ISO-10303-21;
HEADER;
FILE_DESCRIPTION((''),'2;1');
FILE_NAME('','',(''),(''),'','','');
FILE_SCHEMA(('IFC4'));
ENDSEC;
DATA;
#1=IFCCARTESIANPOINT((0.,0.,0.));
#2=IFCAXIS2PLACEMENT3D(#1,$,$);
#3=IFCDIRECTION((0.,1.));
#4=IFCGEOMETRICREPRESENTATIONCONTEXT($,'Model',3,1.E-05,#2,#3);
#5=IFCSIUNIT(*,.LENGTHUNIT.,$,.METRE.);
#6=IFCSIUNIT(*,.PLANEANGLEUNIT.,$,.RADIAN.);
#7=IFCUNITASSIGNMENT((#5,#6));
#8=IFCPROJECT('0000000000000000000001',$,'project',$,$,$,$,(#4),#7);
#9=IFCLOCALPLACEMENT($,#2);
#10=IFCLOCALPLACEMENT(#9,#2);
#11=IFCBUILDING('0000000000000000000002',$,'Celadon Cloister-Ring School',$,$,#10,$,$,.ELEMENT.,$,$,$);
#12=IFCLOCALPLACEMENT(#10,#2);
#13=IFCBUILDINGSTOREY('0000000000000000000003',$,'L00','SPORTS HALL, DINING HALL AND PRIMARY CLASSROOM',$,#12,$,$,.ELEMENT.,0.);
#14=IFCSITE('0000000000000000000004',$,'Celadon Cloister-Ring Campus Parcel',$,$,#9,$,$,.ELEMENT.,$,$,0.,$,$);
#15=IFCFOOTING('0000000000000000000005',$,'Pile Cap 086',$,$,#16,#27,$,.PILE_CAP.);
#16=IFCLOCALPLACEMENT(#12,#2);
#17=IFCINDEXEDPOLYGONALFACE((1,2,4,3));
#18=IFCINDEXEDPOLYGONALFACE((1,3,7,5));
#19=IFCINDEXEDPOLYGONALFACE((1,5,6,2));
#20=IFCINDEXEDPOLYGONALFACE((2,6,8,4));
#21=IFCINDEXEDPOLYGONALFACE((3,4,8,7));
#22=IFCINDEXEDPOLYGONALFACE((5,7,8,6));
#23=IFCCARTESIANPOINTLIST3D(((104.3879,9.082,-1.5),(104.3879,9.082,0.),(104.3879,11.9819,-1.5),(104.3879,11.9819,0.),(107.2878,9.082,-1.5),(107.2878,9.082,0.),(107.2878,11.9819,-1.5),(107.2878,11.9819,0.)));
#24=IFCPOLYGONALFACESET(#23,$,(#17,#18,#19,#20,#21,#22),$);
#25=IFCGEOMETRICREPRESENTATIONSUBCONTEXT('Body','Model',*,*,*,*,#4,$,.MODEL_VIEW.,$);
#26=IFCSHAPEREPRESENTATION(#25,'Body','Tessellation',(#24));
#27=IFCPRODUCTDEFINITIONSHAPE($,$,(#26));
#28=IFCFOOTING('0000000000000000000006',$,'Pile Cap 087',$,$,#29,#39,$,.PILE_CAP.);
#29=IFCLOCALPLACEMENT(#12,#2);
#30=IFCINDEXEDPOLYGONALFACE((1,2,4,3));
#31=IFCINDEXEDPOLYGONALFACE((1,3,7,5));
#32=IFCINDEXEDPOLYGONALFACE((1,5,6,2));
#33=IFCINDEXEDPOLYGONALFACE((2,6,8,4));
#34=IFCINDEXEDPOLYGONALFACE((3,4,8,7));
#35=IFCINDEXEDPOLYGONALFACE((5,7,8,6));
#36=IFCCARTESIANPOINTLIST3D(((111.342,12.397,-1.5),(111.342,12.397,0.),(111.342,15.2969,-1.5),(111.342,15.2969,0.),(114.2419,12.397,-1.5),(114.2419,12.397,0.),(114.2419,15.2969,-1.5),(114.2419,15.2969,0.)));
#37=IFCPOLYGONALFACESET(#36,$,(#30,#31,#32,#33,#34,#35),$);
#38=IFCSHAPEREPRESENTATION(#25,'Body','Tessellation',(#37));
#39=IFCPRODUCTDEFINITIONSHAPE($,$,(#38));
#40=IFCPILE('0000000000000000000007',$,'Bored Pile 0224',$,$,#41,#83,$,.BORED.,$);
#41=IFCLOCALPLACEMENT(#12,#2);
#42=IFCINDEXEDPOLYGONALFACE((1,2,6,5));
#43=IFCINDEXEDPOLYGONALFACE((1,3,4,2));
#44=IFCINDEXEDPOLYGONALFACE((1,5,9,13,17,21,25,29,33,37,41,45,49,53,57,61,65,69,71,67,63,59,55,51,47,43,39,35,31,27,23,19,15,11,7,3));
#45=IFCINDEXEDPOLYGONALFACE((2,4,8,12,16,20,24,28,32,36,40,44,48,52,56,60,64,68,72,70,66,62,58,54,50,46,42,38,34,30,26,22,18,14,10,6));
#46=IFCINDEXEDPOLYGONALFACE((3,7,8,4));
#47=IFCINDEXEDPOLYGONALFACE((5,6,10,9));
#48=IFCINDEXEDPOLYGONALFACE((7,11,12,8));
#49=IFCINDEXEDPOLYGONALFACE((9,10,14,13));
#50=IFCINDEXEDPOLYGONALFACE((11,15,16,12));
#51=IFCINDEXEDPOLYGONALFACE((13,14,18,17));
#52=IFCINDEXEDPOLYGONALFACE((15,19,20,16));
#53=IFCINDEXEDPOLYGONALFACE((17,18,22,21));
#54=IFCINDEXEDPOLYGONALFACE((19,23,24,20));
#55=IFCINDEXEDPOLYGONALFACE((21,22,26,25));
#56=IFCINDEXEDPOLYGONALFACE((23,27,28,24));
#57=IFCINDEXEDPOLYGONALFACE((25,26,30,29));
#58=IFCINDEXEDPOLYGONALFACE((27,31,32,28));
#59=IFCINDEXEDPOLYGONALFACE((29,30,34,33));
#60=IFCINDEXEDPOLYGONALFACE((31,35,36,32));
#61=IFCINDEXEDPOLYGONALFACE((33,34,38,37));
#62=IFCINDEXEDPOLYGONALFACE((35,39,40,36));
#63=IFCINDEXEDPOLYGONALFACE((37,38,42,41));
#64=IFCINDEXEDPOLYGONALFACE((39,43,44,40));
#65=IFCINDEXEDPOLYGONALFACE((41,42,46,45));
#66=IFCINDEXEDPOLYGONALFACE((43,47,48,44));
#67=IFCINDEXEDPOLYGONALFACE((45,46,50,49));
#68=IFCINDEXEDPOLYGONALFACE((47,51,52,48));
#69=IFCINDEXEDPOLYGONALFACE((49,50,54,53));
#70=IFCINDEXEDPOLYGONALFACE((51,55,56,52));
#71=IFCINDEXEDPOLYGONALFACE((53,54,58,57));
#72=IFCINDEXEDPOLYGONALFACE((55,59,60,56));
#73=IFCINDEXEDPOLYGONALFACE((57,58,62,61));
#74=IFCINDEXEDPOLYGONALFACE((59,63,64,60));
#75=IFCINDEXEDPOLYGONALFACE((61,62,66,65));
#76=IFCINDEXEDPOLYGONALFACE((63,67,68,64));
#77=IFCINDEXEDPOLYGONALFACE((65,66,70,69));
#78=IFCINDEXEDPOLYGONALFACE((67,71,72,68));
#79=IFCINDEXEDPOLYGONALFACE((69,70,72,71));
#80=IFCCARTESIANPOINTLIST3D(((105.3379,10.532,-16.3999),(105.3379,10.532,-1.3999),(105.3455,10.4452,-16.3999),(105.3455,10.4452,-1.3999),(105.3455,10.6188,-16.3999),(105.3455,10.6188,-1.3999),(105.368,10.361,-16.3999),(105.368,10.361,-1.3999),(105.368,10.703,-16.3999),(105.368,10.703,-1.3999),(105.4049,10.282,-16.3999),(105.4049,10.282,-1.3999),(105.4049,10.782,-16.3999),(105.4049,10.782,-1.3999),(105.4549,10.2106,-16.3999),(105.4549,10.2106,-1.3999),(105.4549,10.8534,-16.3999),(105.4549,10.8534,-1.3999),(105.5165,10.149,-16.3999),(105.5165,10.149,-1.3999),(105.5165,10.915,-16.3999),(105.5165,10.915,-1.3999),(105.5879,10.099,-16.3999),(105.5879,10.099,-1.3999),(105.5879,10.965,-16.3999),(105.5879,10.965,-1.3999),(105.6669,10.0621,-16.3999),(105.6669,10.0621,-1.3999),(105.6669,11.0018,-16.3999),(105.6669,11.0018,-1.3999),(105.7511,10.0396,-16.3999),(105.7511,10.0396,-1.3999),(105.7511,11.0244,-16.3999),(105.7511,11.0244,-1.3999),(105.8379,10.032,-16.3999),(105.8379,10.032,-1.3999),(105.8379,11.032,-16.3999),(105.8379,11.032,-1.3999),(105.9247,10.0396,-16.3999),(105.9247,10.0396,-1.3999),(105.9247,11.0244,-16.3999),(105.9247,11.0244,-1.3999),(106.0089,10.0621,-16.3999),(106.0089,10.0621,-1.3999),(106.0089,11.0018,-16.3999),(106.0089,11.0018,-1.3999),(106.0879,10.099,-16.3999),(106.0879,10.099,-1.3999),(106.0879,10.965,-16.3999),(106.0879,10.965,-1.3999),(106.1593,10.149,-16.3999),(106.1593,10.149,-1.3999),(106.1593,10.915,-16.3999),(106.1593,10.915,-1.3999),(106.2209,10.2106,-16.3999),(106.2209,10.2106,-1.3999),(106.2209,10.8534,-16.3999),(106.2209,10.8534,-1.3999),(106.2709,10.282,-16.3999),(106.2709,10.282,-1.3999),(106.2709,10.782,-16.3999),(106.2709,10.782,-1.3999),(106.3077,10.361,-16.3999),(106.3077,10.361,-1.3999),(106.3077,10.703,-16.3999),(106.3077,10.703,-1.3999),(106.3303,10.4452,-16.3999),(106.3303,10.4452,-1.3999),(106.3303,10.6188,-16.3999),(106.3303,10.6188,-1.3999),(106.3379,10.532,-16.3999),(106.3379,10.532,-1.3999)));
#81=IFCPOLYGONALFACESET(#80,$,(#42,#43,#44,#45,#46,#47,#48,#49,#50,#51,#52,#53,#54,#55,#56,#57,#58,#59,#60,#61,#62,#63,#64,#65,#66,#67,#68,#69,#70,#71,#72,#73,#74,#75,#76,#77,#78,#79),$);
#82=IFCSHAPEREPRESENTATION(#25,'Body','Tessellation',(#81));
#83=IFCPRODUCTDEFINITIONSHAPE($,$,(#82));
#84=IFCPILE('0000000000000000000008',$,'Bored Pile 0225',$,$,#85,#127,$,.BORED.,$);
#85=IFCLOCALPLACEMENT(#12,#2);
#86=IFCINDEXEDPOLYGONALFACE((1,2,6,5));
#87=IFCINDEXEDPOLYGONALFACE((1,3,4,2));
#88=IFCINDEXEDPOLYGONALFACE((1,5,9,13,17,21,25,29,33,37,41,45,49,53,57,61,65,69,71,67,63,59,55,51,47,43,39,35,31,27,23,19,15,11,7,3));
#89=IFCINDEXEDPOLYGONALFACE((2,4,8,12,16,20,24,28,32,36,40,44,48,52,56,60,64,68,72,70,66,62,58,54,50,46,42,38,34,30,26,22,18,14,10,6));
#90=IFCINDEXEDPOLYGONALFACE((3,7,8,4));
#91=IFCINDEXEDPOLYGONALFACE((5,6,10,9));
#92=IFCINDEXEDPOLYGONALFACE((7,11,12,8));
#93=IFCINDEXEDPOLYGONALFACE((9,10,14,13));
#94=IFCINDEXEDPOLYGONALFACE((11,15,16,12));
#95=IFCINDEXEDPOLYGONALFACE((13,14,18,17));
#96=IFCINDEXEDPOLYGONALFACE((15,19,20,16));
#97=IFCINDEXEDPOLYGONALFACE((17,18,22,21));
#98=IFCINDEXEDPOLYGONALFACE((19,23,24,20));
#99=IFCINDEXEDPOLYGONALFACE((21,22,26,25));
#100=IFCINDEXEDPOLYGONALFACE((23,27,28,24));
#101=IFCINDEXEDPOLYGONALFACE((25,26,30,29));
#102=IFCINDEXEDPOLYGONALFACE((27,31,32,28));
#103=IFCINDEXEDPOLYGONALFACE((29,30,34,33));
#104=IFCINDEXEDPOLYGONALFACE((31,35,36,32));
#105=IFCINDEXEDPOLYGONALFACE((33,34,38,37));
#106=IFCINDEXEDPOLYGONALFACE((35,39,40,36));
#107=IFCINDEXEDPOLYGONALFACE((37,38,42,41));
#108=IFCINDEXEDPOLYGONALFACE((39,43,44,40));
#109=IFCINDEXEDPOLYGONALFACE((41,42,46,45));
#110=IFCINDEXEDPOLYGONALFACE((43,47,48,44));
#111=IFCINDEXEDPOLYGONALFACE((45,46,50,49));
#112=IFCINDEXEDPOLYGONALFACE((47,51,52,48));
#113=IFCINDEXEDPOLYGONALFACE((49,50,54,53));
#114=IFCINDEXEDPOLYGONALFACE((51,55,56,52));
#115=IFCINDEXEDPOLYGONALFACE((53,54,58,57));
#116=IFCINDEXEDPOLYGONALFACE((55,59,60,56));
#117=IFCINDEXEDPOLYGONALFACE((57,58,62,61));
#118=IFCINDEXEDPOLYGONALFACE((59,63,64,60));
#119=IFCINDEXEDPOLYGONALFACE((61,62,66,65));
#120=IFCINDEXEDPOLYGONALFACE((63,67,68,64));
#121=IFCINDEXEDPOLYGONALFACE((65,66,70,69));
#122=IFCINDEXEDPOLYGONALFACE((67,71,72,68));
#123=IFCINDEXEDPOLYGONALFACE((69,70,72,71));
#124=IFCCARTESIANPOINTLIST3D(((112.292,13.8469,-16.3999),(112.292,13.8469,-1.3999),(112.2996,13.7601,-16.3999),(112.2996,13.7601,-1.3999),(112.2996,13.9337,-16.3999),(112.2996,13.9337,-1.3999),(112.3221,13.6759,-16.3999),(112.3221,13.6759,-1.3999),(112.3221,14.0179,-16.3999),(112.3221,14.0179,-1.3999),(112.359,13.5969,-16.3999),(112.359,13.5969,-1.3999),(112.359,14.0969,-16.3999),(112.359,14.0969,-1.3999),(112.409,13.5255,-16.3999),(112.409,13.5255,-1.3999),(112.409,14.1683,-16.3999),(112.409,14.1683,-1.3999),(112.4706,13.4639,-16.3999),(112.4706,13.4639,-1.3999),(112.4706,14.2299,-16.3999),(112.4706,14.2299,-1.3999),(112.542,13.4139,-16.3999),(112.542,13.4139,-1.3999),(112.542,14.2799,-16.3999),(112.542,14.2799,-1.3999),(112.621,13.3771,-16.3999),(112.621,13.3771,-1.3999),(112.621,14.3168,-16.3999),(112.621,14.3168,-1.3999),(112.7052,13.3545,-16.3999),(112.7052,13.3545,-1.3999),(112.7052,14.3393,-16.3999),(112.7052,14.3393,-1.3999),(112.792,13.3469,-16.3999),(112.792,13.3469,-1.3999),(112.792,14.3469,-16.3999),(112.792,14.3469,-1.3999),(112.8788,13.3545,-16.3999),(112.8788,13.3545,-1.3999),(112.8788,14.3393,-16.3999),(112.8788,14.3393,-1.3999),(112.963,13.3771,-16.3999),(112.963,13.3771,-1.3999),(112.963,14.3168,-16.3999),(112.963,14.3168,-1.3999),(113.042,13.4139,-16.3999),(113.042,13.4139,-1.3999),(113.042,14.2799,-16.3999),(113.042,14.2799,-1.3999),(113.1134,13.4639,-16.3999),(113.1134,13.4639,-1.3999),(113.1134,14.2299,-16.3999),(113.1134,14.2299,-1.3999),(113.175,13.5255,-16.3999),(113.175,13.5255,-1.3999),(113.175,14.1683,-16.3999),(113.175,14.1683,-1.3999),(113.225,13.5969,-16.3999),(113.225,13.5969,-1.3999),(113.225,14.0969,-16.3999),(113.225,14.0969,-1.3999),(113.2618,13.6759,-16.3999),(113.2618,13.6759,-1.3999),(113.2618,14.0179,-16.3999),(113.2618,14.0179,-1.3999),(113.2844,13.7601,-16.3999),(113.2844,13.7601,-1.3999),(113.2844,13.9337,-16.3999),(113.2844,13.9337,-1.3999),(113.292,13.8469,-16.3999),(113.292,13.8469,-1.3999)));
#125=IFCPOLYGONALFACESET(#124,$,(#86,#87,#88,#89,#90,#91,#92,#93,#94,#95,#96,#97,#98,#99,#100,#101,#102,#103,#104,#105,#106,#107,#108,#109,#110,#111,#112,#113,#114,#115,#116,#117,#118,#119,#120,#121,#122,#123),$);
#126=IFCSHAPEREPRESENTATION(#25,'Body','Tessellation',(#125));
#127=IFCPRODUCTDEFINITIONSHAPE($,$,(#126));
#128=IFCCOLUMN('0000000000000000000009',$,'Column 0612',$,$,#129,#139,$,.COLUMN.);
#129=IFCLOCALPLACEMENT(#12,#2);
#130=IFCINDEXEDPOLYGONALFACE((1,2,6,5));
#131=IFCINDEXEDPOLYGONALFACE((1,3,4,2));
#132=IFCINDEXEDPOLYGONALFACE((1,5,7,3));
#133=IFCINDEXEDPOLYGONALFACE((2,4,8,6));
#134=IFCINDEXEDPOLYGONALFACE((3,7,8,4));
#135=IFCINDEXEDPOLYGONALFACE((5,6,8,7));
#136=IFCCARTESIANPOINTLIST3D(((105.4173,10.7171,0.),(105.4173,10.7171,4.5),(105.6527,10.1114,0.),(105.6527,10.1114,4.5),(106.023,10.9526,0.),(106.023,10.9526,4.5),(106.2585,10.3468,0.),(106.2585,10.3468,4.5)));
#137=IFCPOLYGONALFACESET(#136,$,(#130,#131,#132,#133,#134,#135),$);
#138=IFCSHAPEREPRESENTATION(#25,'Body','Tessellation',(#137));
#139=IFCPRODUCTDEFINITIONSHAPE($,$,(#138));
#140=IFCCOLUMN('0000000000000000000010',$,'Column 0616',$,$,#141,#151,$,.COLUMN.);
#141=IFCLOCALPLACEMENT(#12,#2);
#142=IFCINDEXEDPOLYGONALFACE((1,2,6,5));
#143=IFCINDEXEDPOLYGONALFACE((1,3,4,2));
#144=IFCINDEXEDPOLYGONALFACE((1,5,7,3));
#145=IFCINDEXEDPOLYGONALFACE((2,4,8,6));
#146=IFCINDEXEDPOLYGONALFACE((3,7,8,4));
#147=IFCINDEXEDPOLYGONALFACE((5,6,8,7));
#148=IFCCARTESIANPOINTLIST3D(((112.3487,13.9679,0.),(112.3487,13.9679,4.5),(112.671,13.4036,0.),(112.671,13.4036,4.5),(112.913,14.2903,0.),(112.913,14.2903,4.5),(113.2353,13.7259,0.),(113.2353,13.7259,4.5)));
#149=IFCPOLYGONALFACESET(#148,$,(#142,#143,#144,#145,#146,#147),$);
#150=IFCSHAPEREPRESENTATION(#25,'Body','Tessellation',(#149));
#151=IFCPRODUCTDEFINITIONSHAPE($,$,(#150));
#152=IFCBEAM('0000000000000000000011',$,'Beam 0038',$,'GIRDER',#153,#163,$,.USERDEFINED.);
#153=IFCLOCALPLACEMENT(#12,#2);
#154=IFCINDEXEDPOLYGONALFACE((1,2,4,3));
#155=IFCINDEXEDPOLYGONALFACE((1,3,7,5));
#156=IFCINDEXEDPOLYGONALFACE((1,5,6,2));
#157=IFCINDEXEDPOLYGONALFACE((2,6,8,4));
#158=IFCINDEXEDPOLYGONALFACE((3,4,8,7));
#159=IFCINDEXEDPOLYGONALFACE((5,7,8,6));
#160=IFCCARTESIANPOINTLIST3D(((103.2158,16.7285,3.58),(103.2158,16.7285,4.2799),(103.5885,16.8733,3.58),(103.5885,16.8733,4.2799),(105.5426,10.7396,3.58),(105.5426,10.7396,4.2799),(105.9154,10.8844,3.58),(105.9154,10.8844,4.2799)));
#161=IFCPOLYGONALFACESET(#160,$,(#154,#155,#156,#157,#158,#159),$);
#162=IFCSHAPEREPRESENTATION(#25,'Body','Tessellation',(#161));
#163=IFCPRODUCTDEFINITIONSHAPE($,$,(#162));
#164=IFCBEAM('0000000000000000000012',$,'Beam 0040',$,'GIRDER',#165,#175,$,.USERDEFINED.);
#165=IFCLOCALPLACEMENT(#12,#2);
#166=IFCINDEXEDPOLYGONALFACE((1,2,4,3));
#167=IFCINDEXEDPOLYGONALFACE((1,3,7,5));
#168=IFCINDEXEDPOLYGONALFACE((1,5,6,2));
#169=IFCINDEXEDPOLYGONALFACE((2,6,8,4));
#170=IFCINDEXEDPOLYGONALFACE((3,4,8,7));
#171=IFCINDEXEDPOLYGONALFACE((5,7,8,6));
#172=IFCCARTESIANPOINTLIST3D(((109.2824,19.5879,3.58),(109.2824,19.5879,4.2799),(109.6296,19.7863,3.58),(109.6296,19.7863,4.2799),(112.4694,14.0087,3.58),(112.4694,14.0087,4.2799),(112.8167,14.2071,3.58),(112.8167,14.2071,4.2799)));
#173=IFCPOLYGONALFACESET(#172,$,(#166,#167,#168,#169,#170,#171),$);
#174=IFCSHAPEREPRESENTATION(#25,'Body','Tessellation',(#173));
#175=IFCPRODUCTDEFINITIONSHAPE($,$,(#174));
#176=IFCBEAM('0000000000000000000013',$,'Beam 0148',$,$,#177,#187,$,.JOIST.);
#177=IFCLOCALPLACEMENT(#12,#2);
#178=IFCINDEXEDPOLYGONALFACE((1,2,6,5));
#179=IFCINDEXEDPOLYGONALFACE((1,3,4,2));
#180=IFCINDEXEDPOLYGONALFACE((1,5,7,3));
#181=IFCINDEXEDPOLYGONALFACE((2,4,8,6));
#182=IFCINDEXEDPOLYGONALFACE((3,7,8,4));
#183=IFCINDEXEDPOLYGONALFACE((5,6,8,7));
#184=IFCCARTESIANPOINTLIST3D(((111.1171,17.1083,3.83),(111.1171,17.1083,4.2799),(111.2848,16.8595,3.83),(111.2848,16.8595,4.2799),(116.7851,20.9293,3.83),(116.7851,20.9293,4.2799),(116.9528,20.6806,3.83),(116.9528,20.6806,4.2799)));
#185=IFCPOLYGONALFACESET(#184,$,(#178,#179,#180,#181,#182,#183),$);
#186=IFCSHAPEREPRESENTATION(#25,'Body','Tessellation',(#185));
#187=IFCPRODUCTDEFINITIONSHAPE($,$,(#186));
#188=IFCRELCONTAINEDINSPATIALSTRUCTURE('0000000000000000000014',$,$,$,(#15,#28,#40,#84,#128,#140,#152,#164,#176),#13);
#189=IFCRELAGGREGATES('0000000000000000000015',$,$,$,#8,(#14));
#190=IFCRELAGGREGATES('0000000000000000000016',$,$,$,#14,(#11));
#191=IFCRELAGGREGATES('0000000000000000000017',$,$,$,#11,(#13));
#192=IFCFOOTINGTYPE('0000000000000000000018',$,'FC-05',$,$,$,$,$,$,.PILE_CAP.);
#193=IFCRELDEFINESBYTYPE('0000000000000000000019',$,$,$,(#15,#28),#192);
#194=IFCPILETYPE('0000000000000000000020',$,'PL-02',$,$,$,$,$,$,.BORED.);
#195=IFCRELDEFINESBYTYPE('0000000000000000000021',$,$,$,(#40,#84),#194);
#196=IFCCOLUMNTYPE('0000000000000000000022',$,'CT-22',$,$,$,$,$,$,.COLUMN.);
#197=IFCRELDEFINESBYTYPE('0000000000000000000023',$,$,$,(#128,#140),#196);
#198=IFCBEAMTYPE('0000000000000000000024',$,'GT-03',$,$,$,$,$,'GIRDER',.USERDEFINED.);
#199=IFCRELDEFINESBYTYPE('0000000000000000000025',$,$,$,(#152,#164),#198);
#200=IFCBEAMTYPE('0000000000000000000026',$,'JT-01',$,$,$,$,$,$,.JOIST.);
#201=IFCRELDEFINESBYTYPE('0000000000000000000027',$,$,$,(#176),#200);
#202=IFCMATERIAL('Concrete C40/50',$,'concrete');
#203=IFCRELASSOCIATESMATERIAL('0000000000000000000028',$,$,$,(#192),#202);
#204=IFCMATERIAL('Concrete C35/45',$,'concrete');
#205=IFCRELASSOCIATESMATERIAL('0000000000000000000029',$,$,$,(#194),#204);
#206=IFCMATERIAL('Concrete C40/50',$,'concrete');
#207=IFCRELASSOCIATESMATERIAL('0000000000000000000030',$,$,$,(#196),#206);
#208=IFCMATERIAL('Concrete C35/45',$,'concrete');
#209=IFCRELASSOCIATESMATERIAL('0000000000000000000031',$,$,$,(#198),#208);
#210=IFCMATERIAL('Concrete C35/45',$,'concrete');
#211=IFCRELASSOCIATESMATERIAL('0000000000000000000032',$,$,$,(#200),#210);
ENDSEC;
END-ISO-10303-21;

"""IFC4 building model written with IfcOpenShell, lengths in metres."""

from ifc_helpers import new_model, si_unit, direction, frame, origin, origin_2d, place, context, subcontext, project, spatial, rectangle, circle, extrude, material, material_profile, profile_set, type_object, element, save


model = new_model("IFC4")

# Units and contexts
model_context = context("Model", 3, precision=1e-05, world=origin(), true_north=direction((0.0, 1.0)))
body_context = subcontext(model_context, "Body", "Model", "MODEL_VIEW")
ifc_project = project(units=[si_unit("LENGTHUNIT", "METRE"), si_unit("PLANEANGLEUNIT", "RADIAN")], contexts=[model_context])

# Site, building, storey
site_placement = place(None, origin())
site = spatial("IfcSite", under=ifc_project, at=site_placement, Name="Celadon Cloister-Ring Campus Parcel", CompositionType="ELEMENT", RefElevation=0.0)
building_placement = place(site_placement, origin())
building = spatial("IfcBuilding", under=site, at=building_placement, Name="Celadon Cloister-Ring School", CompositionType="ELEMENT")
storey_placement = place(building_placement, origin())
storey = spatial("IfcBuildingStorey", under=building, at=storey_placement, Name="L00", Description="SPORTS HALL, DINING HALL AND PRIMARY CLASSROOM", CompositionType="ELEMENT", Elevation=0.0)

# Footings
ifc_material_1 = material(Name="Concrete C40/50", Category="concrete")
footing_type = type_object("IfcFootingType", Name="FC-05", PredefinedType="PILE_CAP", material=ifc_material_1)
for number, where, z_axis, x_axis, name in (
    (1, (105.8379, 10.532, -1.5), (0.0, 0.0, 1.0), (1.0, 0.0, 0.0), "Pile Cap 086"),
    (2, (112.792, 13.8469, -1.5), (0.0, 0.0, 1.0), (1.0, 0.0, 0.0), "Pile Cap 087"),
):
    element("IfcFooting", number, at=place(storey_placement, frame(where, z_axis=z_axis, x_axis=x_axis)), inside=storey, type_object=footing_type, Name=name, PredefinedType="PILE_CAP", context=body_context, shape_type="SweptSolid", body=[
        extrude(rectangle(XDim=2.8999, YDim=2.8999, at=origin_2d()), origin(), (0.0, 0.0, 1.0), 1.5),
    ])

# Piles
ifc_material_2 = material(Name="Concrete C35/45", Category="concrete")
ifc_material_profile_1 = material_profile(ifc_material_2, circle(Radius=0.5, at=origin_2d()), Name="PILE1000")
ifc_profile_set_1 = profile_set([ifc_material_profile_1], Name="Concrete C35/45")
pile_type = type_object("IfcPileType", Name="PL-02", PredefinedType="BORED", material=ifc_profile_set_1)
for number, where, z_axis, x_axis, name in (
    (3, (105.8379, 10.532, -1.3999), (0.0, 0.0, -1.0), (1.0, 0.0, 0.0), "Bored Pile 0224"),
    (4, (112.792, 13.8469, -1.3999), (0.0, 0.0, -1.0), (1.0, 0.0, 0.0), "Bored Pile 0225"),
):
    element("IfcPile", number, at=place(storey_placement, frame(where, z_axis=z_axis, x_axis=x_axis)), inside=storey, type_object=pile_type, Name=name, PredefinedType="BORED", context=body_context, shape_type="SweptSolid", body=[
        extrude(circle(Radius=0.5, at=origin_2d()), origin(), (0.0, 0.0, 1.0), 15.0),
    ])

# Columns
ifc_material_3 = material(Name="Concrete C40/50", Category="concrete")
ifc_material_profile_2 = material_profile(ifc_material_3, rectangle(XDim=0.6499, YDim=0.6499, at=origin_2d()), Name="RC650X650")
ifc_profile_set_2 = profile_set([ifc_material_profile_2], Name="Concrete C40/50")
column_type = type_object("IfcColumnType", Name="CT-22", PredefinedType="COLUMN", material=ifc_profile_set_2)
for number, where, z_axis, x_axis, name in (
    (5, (105.8379, 10.532, 0.0), (0.0, 0.0, 1.0), (0.362275, -0.932071, 0.0), "Column 0612"),
    (6, (112.792, 13.8469, 0.0), (0.0, 0.0, 1.0), (0.496004, -0.86832, 0.0), "Column 0616"),
):
    element("IfcColumn", number, at=place(storey_placement, frame(where, z_axis=z_axis, x_axis=x_axis)), inside=storey, type_object=column_type, Name=name, PredefinedType="COLUMN", context=body_context, shape_type="SweptSolid", body=[
        extrude(rectangle(XDim=0.6499, YDim=0.6499, at=origin_2d()), origin(), (0.0, 0.0, 1.0), 4.5),
    ])

# Beams
ifc_material_4 = material(Name="Concrete C35/45", Category="concrete")
ifc_material_profile_3 = material_profile(ifc_material_4, rectangle(XDim=0.3999, YDim=0.7, at=origin_2d()), Name="RC400X700")
ifc_profile_set_3 = profile_set([ifc_material_profile_3], Name="Concrete C35/45")
beam_type_1 = type_object("IfcBeamType", Name="GT-03", ElementType="GIRDER", PredefinedType="USERDEFINED", material=ifc_profile_set_3)
beam_1_placement = place(storey_placement, frame((105.729, 10.812, 3.9299), z_axis=(-0.362155, 0.932118, 0.0), x_axis=(-0.932118, -0.362155, 0.0)))
element("IfcBeam", 7, at=beam_1_placement, inside=storey, type_object=beam_type_1, Name="Beam 0038", ObjectType="GIRDER", PredefinedType="USERDEFINED", context=body_context, shape_type="SweptSolid", body=[
    extrude(rectangle(XDim=0.3999, YDim=0.7, at=origin_2d()), origin(), (0.0, 0.0, 1.0), 6.425),
])
beam_2_placement = place(storey_placement, frame((112.6431, 14.1079, 3.9299), z_axis=(-0.496016, 0.868313, 0.0), x_axis=(-0.868313, -0.496016, 0.0)))
element("IfcBeam", 8, at=beam_2_placement, inside=storey, type_object=beam_type_1, Name="Beam 0040", ObjectType="GIRDER", PredefinedType="USERDEFINED", context=body_context, shape_type="SweptSolid", body=[
    extrude(rectangle(XDim=0.3999, YDim=0.7, at=origin_2d()), origin(), (0.0, 0.0, 1.0), 6.4253),
])
ifc_material_5 = material(Name="Concrete C35/45", Category="concrete")
ifc_material_profile_4 = material_profile(ifc_material_5, rectangle(XDim=0.3, YDim=0.45, at=origin_2d()), Name="RC300X450")
ifc_profile_set_4 = profile_set([ifc_material_profile_4], Name="Concrete C35/45")
beam_type_2 = type_object("IfcBeamType", Name="JT-01", PredefinedType="JOIST", material=ifc_profile_set_4)
beam_3_placement = place(storey_placement, frame((111.2009, 16.9839, 4.0549), z_axis=(0.829176, 0.558987, 0.0), x_axis=(-0.558987, 0.829176, 0.0)))
element("IfcBeam", 9, at=beam_3_placement, inside=storey, type_object=beam_type_2, Name="Beam 0148", PredefinedType="JOIST", context=body_context, shape_type="SweptSolid", body=[
    extrude(rectangle(XDim=0.3, YDim=0.45, at=origin_2d()), origin(), (0.0, 0.0, 1.0), 6.8357),
])

save(model, "model.ifc")
